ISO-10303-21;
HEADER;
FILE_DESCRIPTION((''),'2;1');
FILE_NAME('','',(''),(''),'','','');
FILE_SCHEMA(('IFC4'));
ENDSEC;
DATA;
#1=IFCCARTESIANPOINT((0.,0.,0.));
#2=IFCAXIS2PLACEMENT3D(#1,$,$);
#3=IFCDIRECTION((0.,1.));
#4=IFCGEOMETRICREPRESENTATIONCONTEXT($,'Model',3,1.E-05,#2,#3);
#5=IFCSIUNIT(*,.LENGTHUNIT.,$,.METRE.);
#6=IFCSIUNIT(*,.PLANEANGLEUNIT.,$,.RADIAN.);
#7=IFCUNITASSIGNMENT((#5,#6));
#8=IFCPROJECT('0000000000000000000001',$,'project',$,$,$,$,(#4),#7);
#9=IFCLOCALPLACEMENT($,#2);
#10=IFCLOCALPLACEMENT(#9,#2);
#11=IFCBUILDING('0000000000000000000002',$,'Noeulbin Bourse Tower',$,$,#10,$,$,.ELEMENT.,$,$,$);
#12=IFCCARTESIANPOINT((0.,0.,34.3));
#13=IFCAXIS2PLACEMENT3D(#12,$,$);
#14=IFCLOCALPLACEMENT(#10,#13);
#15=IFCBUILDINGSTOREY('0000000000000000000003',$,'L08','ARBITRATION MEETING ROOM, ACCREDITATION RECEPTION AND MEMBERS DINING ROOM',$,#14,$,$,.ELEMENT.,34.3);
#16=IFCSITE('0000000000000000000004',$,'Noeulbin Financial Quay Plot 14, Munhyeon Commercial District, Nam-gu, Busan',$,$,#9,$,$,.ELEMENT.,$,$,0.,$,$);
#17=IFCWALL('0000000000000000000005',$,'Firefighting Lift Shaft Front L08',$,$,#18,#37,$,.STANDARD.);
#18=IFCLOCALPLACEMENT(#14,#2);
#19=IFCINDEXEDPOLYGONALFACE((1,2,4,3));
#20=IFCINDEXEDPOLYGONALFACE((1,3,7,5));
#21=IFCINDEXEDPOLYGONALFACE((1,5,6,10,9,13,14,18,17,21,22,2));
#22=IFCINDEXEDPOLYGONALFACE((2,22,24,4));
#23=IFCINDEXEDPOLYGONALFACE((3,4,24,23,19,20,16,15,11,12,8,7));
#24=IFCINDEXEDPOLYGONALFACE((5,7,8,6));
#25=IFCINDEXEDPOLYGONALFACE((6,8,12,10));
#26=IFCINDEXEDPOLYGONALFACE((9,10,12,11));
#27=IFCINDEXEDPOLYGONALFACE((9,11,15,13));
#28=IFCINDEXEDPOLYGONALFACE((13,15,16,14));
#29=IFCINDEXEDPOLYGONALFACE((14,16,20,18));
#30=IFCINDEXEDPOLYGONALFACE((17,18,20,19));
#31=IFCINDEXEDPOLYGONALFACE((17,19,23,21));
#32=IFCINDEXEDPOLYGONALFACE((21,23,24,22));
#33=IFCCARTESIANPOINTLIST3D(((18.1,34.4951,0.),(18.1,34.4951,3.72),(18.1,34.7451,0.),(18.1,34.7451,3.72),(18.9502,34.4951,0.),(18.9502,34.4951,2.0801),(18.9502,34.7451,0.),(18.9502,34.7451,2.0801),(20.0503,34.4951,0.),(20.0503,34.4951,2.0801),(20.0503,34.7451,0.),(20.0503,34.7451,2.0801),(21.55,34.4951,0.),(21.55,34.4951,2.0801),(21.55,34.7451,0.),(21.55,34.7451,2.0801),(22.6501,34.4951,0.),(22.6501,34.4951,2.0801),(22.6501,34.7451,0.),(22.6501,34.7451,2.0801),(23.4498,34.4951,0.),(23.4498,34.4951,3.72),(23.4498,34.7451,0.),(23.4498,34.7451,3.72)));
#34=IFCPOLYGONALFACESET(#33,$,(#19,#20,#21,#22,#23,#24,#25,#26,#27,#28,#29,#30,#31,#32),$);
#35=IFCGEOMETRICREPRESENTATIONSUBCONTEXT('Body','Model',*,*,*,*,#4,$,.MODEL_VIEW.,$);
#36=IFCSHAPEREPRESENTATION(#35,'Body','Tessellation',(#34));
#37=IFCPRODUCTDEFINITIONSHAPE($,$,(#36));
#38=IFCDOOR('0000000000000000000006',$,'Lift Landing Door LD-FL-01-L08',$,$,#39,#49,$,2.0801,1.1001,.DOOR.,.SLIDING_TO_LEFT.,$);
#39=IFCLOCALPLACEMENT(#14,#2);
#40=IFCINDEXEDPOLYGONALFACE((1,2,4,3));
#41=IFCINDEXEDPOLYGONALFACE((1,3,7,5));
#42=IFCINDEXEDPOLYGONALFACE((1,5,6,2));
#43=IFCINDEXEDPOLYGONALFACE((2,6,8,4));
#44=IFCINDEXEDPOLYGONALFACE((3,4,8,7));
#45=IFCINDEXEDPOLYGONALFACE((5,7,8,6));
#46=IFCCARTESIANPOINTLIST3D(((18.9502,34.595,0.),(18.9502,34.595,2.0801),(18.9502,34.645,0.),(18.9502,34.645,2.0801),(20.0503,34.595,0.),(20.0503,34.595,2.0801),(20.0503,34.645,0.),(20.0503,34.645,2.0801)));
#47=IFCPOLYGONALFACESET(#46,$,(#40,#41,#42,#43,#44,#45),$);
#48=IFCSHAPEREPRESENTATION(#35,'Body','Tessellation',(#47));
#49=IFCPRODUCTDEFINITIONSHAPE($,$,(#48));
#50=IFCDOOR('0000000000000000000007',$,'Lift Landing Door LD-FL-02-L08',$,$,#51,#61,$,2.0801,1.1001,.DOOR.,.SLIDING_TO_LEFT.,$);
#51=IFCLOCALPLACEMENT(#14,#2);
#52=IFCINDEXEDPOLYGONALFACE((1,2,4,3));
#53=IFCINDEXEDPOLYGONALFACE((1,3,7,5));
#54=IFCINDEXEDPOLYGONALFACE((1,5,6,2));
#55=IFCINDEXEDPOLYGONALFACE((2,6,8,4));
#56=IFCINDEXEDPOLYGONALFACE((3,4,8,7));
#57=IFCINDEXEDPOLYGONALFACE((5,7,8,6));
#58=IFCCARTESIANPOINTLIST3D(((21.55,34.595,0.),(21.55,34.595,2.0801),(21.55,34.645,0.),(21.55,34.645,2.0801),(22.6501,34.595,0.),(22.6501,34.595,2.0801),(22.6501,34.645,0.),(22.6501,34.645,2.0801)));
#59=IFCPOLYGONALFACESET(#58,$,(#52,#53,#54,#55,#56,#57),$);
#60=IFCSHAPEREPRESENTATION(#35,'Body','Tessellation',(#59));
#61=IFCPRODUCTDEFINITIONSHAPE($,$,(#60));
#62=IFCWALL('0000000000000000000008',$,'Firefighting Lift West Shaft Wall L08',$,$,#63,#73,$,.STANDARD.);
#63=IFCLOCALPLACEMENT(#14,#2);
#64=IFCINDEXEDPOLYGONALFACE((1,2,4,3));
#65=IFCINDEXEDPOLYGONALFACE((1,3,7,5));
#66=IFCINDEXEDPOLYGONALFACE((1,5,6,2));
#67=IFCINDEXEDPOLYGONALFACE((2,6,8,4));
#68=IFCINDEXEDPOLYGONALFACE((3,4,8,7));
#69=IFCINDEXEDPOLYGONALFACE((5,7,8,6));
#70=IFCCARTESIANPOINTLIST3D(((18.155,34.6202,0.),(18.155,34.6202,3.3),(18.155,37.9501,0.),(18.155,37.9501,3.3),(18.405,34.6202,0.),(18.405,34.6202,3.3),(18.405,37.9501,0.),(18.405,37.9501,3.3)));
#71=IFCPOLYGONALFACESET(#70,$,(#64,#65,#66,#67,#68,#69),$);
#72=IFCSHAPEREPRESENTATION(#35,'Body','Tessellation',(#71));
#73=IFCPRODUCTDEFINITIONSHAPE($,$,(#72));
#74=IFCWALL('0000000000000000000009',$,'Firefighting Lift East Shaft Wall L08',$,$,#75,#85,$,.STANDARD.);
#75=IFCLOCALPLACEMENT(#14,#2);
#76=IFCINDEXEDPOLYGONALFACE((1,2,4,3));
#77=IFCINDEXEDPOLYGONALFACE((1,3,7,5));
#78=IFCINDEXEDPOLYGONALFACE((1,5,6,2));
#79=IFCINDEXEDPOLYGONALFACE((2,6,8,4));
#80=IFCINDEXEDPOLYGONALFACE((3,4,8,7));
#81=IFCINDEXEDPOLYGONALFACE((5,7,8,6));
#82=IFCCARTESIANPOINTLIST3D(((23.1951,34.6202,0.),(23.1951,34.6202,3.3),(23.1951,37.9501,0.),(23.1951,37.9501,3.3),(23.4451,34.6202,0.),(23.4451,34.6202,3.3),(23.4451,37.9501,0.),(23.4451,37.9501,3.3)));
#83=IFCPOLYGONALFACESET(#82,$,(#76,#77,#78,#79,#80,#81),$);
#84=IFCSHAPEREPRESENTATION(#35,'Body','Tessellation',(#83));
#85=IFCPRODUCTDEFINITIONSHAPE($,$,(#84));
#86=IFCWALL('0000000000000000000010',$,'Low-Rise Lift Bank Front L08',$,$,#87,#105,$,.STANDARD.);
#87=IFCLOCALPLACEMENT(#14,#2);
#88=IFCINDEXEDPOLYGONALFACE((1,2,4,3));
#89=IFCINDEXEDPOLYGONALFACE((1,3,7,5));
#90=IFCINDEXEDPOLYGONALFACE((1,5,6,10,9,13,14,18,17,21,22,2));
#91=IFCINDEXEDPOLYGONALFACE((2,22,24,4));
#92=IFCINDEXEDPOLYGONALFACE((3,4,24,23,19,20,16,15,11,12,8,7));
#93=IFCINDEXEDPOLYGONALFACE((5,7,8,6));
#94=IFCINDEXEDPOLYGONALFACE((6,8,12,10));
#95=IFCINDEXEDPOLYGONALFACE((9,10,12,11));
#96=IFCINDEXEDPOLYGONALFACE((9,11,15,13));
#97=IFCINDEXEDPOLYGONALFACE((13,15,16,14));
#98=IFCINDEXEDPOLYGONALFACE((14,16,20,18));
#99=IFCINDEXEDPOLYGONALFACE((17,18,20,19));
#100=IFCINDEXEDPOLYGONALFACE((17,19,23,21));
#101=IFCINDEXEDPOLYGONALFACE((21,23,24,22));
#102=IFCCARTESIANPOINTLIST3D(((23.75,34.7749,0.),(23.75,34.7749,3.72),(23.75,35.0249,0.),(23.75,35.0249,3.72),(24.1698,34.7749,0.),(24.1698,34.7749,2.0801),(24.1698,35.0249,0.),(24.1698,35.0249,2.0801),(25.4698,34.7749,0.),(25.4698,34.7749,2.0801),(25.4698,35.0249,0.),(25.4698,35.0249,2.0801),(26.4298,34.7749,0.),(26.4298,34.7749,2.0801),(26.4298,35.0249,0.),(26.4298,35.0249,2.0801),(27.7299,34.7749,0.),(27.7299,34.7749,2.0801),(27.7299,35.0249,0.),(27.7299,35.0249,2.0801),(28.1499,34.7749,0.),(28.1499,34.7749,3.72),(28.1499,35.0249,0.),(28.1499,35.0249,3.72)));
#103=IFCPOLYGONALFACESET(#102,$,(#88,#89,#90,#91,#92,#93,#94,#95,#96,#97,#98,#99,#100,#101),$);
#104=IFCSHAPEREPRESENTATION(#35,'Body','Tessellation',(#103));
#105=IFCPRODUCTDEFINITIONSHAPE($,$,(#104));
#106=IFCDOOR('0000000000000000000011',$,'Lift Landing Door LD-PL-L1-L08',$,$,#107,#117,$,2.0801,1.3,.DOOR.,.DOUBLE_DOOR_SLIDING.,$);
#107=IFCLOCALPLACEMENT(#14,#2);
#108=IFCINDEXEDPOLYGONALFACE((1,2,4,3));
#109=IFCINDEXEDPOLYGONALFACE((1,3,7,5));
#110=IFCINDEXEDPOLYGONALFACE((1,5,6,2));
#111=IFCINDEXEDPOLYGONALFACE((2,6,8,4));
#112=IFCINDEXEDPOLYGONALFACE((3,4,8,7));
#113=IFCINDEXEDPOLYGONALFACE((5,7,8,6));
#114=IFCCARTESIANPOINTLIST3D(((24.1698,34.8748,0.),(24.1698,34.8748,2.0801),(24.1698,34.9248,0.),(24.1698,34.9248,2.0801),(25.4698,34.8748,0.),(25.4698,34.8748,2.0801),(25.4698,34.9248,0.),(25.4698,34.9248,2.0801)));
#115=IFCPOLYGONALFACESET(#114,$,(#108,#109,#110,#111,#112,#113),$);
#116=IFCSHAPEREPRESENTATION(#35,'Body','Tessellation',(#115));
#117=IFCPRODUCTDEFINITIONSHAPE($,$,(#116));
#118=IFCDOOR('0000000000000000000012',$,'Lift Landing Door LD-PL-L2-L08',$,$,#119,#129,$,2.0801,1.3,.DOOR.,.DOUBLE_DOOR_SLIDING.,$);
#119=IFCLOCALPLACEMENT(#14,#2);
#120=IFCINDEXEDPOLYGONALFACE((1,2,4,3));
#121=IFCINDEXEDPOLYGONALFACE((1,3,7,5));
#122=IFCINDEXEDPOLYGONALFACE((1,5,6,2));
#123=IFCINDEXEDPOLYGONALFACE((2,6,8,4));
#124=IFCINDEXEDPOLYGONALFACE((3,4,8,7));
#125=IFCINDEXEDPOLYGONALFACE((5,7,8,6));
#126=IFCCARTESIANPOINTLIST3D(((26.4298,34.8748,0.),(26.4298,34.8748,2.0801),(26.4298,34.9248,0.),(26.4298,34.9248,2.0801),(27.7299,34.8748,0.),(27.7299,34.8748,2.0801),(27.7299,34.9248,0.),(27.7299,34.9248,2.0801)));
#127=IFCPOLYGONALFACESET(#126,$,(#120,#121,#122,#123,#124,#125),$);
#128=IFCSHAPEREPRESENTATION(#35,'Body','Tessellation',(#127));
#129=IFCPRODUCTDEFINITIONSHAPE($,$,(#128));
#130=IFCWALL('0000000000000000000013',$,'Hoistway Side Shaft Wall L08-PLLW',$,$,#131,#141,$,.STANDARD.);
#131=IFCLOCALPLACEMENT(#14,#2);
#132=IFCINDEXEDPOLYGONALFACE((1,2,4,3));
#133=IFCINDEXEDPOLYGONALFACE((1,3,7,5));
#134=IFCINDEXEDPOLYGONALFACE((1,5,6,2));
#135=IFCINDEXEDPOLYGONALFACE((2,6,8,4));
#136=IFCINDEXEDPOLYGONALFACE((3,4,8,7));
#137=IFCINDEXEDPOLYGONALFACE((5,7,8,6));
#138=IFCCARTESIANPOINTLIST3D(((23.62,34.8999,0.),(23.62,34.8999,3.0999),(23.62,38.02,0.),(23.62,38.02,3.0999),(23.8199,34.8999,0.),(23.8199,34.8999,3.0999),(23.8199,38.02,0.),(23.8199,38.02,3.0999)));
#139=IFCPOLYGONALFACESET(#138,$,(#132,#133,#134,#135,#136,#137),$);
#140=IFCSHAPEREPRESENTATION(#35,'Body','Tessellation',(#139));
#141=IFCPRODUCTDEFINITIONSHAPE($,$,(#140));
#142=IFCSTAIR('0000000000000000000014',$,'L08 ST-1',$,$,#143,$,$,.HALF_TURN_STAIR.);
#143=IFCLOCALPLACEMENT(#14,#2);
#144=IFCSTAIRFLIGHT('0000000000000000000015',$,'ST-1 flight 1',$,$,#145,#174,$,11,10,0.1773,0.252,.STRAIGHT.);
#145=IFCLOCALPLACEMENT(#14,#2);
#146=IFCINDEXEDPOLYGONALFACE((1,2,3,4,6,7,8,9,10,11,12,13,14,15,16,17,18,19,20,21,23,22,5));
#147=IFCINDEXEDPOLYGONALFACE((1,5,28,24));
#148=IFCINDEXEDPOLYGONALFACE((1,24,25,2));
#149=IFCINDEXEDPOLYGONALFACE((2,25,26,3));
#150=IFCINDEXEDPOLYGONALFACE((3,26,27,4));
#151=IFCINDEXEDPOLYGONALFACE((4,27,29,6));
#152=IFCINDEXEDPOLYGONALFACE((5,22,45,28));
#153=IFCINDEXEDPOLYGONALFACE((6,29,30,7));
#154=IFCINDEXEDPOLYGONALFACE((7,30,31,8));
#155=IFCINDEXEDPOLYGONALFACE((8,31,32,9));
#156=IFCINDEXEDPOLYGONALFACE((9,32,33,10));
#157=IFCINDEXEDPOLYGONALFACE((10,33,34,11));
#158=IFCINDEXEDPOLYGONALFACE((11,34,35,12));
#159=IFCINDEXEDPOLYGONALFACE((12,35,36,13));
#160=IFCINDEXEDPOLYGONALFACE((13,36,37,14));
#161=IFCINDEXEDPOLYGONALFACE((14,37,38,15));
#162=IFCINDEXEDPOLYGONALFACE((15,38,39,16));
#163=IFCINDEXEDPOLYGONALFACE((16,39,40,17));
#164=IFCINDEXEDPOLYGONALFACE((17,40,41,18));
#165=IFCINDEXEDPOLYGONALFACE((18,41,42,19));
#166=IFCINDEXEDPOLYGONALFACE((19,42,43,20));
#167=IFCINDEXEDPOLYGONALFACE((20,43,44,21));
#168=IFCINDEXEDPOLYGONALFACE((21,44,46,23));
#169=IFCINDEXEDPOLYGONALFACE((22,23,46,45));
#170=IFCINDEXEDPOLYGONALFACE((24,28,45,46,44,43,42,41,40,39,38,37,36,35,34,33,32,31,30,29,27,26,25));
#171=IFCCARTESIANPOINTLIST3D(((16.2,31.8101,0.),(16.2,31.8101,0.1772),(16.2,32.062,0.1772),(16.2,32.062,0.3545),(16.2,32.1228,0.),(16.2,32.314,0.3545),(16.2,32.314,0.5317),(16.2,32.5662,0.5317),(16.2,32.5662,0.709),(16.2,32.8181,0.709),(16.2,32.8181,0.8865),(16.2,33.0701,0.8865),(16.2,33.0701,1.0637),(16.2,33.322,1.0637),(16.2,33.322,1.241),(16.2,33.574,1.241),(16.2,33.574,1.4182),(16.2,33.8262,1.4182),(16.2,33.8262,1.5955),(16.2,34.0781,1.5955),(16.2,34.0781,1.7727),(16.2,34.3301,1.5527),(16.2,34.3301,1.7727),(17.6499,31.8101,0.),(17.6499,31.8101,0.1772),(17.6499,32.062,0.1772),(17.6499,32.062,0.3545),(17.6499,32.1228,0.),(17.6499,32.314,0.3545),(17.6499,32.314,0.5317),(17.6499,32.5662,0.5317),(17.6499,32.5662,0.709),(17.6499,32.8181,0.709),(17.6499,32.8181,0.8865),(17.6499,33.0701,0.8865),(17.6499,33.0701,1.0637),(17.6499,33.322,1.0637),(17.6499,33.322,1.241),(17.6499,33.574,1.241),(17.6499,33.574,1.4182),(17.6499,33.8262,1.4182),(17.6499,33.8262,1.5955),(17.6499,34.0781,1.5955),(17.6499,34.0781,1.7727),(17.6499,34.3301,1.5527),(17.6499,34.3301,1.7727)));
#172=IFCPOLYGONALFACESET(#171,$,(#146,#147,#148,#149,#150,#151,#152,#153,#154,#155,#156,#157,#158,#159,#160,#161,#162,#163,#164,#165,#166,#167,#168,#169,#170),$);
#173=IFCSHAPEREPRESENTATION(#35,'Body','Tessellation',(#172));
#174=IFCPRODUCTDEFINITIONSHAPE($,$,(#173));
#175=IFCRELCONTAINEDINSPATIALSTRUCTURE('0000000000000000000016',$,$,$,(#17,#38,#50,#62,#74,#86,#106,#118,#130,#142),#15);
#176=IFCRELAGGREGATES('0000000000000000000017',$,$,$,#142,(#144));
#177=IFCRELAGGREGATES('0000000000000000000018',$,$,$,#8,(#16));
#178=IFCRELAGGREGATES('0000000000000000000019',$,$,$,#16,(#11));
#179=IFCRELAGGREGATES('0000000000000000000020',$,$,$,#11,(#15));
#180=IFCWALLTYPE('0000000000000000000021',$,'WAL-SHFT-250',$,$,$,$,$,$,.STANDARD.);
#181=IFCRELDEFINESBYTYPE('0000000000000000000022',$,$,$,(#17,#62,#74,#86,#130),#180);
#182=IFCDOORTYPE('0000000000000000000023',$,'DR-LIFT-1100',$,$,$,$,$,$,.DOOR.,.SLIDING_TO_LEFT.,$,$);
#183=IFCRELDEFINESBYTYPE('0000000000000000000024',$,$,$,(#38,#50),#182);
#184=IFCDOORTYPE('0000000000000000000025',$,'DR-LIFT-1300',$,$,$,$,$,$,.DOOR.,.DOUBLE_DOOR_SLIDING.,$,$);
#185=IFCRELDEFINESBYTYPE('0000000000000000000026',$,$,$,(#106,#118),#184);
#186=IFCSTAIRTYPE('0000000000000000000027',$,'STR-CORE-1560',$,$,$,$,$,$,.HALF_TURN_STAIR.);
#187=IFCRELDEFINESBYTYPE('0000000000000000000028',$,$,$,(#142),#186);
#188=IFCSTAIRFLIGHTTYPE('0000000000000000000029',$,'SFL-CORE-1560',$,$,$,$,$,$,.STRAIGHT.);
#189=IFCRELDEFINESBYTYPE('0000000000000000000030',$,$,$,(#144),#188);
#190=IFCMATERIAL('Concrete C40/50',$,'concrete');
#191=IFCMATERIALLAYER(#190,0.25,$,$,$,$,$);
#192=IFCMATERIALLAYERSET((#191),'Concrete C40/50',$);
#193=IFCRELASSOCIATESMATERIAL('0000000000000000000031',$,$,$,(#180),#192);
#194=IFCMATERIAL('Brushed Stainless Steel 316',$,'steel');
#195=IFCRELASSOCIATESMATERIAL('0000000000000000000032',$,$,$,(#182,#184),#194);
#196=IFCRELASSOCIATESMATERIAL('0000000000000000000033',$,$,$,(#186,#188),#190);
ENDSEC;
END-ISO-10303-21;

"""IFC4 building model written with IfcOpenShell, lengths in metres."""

from ifc_helpers import new_model, si_unit, direction, frame, frame_2d, origin, place, context, subcontext, project, spatial, polyline, rectangle, outline, extrude, material, layer, layer_set, type_object, element, fill, aggregate, save


model = new_model("IFC4")

# Units and contexts
model_context = context("Model", 3, precision=1e-05, world=origin(), true_north=direction((0.0, 1.0)))
body_context = subcontext(model_context, "Body", "Model", "MODEL_VIEW")
ifc_project = project(units=[si_unit("LENGTHUNIT", "METRE"), si_unit("PLANEANGLEUNIT", "RADIAN")], contexts=[model_context])

# Site, building, storey
site_placement = place(None, origin())
site = spatial("IfcSite", under=ifc_project, at=site_placement, Name="Noeulbin Financial Quay Plot 14, Munhyeon Commercial District, Nam-gu, Busan", CompositionType="ELEMENT", RefElevation=0.0)
building_placement = place(site_placement, origin())
building = spatial("IfcBuilding", under=site, at=building_placement, Name="Noeulbin Bourse Tower", CompositionType="ELEMENT")
storey_placement = place(building_placement, frame((0.0, 0.0, 34.3)))
storey = spatial("IfcBuildingStorey", under=building, at=storey_placement, Name="L08", Description="ARBITRATION MEETING ROOM, ACCREDITATION RECEPTION AND MEMBERS DINING ROOM", CompositionType="ELEMENT", Elevation=34.3)

# Shared definitions
ifc_material_1 = material(Name="Concrete C40/50", Category="concrete")

# Shared definitions
ifc_layer_1 = layer(ifc_material_1, 0.25)
ifc_layer_set_1 = layer_set([ifc_layer_1], Name="Concrete C40/50")
wall_type_1 = type_object("IfcWallType", Name="WAL-SHFT-250", PredefinedType="STANDARD", material=ifc_layer_set_1)

# Wall, openings, doors
wall_1_placement = place(storey_placement, frame((18.1001, 34.6201, 0.0), z_axis=(0.0, 0.0, 1.0), x_axis=(1.0, 0.0, 0.0)))
wall_1 = element("IfcWall", 1, at=wall_1_placement, inside=storey, type_object=wall_type_1, Name="Firefighting Lift Shaft Front L08", PredefinedType="STANDARD", context=body_context, shape_type="SweptSolid", body=[
    extrude(rectangle(XDim=5.3499, YDim=0.25, at=frame_2d((2.6748, 0.0))), origin(), (0.0, 0.0, 1.0), 3.72),
])
opening_1_placement = place(wall_1_placement, frame((0.8501, 0.0, 0.0)))
opening_1 = element("IfcOpeningElement", 2, at=opening_1_placement, cuts=wall_1, PredefinedType="OPENING", context=body_context, shape_type="SweptSolid", body=[
    extrude(rectangle(XDim=1.1001, YDim=2.0801, at=frame_2d((0.55, 1.04))), frame((0.0, 0.135, 0.0), z_axis=(0.0, -1.0, 0.0), x_axis=(1.0, 0.0, 0.0)), (0.0, 0.0, 1.0), 0.27),
])
opening_2_placement = place(wall_1_placement, frame((3.45, 0.0, 0.0)))
opening_2 = element("IfcOpeningElement", 3, at=opening_2_placement, cuts=wall_1, PredefinedType="OPENING", context=body_context, shape_type="SweptSolid", body=[
    extrude(rectangle(XDim=1.1001, YDim=2.0801, at=frame_2d((0.55, 1.04))), frame((0.0, 0.135, 0.0), z_axis=(0.0, -1.0, 0.0), x_axis=(1.0, 0.0, 0.0)), (0.0, 0.0, 1.0), 0.27),
])
ifc_material_2 = material(Name="Brushed Stainless Steel 316", Category="steel")
door_type_1 = type_object("IfcDoorType", Name="DR-LIFT-1100", OperationType="SLIDING_TO_LEFT", PredefinedType="DOOR", material=ifc_material_2)
door_1_placement = place(opening_1_placement, origin())
door_1 = element("IfcDoor", 4, at=door_1_placement, inside=storey, type_object=door_type_1, Name="Lift Landing Door LD-FL-01-L08", OperationType="SLIDING_TO_LEFT", OverallHeight=2.0801, OverallWidth=1.1001, PredefinedType="DOOR", context=body_context, shape_type="SweptSolid", body=[
    extrude(rectangle(XDim=1.1001, YDim=2.0801, at=frame_2d((0.55, 1.04))), frame((0.0, 0.0249, 0.0), z_axis=(0.0, -1.0, 0.0), x_axis=(1.0, 0.0, 0.0)), (0.0, 0.0, 1.0), 0.05),
])
fill(opening_1, door_1)
door_2_placement = place(opening_2_placement, origin())
door_2 = element("IfcDoor", 5, at=door_2_placement, inside=storey, type_object=door_type_1, Name="Lift Landing Door LD-FL-02-L08", OperationType="SLIDING_TO_LEFT", OverallHeight=2.0801, OverallWidth=1.1001, PredefinedType="DOOR", context=body_context, shape_type="SweptSolid", body=[
    extrude(rectangle(XDim=1.1001, YDim=2.0801, at=frame_2d((0.55, 1.04))), frame((0.0, 0.0249, 0.0), z_axis=(0.0, -1.0, 0.0), x_axis=(1.0, 0.0, 0.0)), (0.0, 0.0, 1.0), 0.05),
])
fill(opening_2, door_2)

# Walls
for number, where, z_axis, x_axis, name in (
    (6, (18.28, 34.6201, 0.0), (0.0, 0.0, 1.0), (0.0, 1.0, 0.0), "Firefighting Lift West Shaft Wall L08"),
    (7, (23.3201, 34.6201, 0.0), (0.0, 0.0, 1.0), (0.0, 1.0, 0.0), "Firefighting Lift East Shaft Wall L08"),
):
    element("IfcWall", number, at=place(storey_placement, frame(where, z_axis=z_axis, x_axis=x_axis)), inside=storey, type_object=wall_type_1, Name=name, PredefinedType="STANDARD", context=body_context, shape_type="SweptSolid", body=[
        extrude(rectangle(XDim=3.3298, YDim=0.25, at=frame_2d((1.665, 0.0))), origin(), (0.0, 0.0, 1.0), 3.3),
    ])

# Wall, openings, doors
wall_2_placement = place(storey_placement, frame((23.75, 34.8999, 0.0), z_axis=(0.0, 0.0, 1.0), x_axis=(1.0, 0.0, 0.0)))
wall_2 = element("IfcWall", 8, at=wall_2_placement, inside=storey, type_object=wall_type_1, Name="Low-Rise Lift Bank Front L08", PredefinedType="STANDARD", context=body_context, shape_type="SweptSolid", body=[
    extrude(rectangle(XDim=4.3999, YDim=0.25, at=frame_2d((2.2, 0.0))), origin(), (0.0, 0.0, 1.0), 3.72),
])
opening_3_placement = place(wall_2_placement, frame((0.4199, 0.0, 0.0)))
opening_3 = element("IfcOpeningElement", 9, at=opening_3_placement, cuts=wall_2, PredefinedType="OPENING", context=body_context, shape_type="SweptSolid", body=[
    extrude(rectangle(XDim=1.3, YDim=2.0801, at=frame_2d((0.6499, 1.04))), frame((0.0, 0.135, 0.0), z_axis=(0.0, -1.0, 0.0), x_axis=(1.0, 0.0, 0.0)), (0.0, 0.0, 1.0), 0.27),
])
opening_4_placement = place(wall_2_placement, frame((2.6799, 0.0, 0.0)))
opening_4 = element("IfcOpeningElement", 10, at=opening_4_placement, cuts=wall_2, PredefinedType="OPENING", context=body_context, shape_type="SweptSolid", body=[
    extrude(rectangle(XDim=1.3, YDim=2.0801, at=frame_2d((0.6499, 1.04))), frame((0.0, 0.135, 0.0), z_axis=(0.0, -1.0, 0.0), x_axis=(1.0, 0.0, 0.0)), (0.0, 0.0, 1.0), 0.27),
])
door_type_2 = type_object("IfcDoorType", Name="DR-LIFT-1300", OperationType="DOUBLE_DOOR_SLIDING", PredefinedType="DOOR", material=ifc_material_2)
door_3_placement = place(opening_3_placement, origin())
door_3 = element("IfcDoor", 11, at=door_3_placement, inside=storey, type_object=door_type_2, Name="Lift Landing Door LD-PL-L1-L08", OperationType="DOUBLE_DOOR_SLIDING", OverallHeight=2.0801, OverallWidth=1.3, PredefinedType="DOOR", context=body_context, shape_type="SweptSolid", body=[
    extrude(rectangle(XDim=1.3, YDim=2.0801, at=frame_2d((0.6499, 1.04))), frame((0.0, 0.0249, 0.0), z_axis=(0.0, -1.0, 0.0), x_axis=(1.0, 0.0, 0.0)), (0.0, 0.0, 1.0), 0.05),
])
fill(opening_3, door_3)
door_4_placement = place(opening_4_placement, origin())
door_4 = element("IfcDoor", 12, at=door_4_placement, inside=storey, type_object=door_type_2, Name="Lift Landing Door LD-PL-L2-L08", OperationType="DOUBLE_DOOR_SLIDING", OverallHeight=2.0801, OverallWidth=1.3, PredefinedType="DOOR", context=body_context, shape_type="SweptSolid", body=[
    extrude(rectangle(XDim=1.3, YDim=2.0801, at=frame_2d((0.6499, 1.04))), frame((0.0, 0.0249, 0.0), z_axis=(0.0, -1.0, 0.0), x_axis=(1.0, 0.0, 0.0)), (0.0, 0.0, 1.0), 0.05),
])
fill(opening_4, door_4)

# Wall
wall_3_placement = place(storey_placement, frame((23.72, 34.8999, 0.0), z_axis=(0.0, 0.0, 1.0), x_axis=(0.0, 1.0, 0.0)))
element("IfcWall", 13, at=wall_3_placement, inside=storey, type_object=wall_type_1, Name="Hoistway Side Shaft Wall L08-PLLW", PredefinedType="STANDARD", context=body_context, shape_type="SweptSolid", body=[
    extrude(rectangle(XDim=3.1201, YDim=0.2, at=frame_2d((1.5601, 0.0))), origin(), (0.0, 0.0, 1.0), 3.0999),
])

# Stair, stair flight
stair_type = type_object("IfcStairType", Name="STR-CORE-1560", PredefinedType="HALF_TURN_STAIR", material=ifc_material_1)
stair_placement = place(storey_placement, origin())
stair = element("IfcStair", 14, at=stair_placement, inside=storey, type_object=stair_type, Name="L08 ST-1", PredefinedType="HALF_TURN_STAIR")
stair_flight_type = type_object("IfcStairFlightType", Name="SFL-CORE-1560", PredefinedType="STRAIGHT", material=ifc_material_1)
stair_flight_1_placement = place(storey_placement, frame((16.925, 31.8101, 0.0), z_axis=(0.0, 0.0, 1.0), x_axis=(0.0, 1.0, 0.0)))
stair_flight_1 = element("IfcStairFlight", 15, at=stair_flight_1_placement, type_object=stair_flight_type, Name="ST-1 flight 1", NumberOfRisers=11, NumberOfTreads=10, PredefinedType="STRAIGHT", RiserHeight=0.1773, TreadLength=0.252, context=body_context, shape_type="SweptSolid", body=[
    extrude(outline(polyline([(0.0, 0.0), (0.0, 0.1772), (0.252, 0.1772), (0.252, 0.3545), (0.5039, 0.3545), (0.5039, 0.5317), (0.7561, 0.5317), (0.7561, 0.709), (1.0081, 0.709), (1.0081, 0.8865), (1.26, 0.8865), (1.26, 1.0637), (1.512, 1.0637), (1.512, 1.241), (1.7639, 1.241), (1.7639, 1.4182), (2.0161, 1.4182), (2.0161, 1.5955), (2.2681, 1.5955), (2.2681, 1.7727), (2.52, 1.7727), (2.52, 1.95), (2.52, 1.5527), (0.3127, 0.0), (0.0, 0.0)])), frame((0.0, 0.7251, 0.0), z_axis=(0.0, -1.0, 0.0), x_axis=(1.0, 0.0, 0.0)), (0.0, 0.0, 1.0), 1.45),
])
aggregate(stair, [stair_flight_1])

save(model, "model.ifc")
